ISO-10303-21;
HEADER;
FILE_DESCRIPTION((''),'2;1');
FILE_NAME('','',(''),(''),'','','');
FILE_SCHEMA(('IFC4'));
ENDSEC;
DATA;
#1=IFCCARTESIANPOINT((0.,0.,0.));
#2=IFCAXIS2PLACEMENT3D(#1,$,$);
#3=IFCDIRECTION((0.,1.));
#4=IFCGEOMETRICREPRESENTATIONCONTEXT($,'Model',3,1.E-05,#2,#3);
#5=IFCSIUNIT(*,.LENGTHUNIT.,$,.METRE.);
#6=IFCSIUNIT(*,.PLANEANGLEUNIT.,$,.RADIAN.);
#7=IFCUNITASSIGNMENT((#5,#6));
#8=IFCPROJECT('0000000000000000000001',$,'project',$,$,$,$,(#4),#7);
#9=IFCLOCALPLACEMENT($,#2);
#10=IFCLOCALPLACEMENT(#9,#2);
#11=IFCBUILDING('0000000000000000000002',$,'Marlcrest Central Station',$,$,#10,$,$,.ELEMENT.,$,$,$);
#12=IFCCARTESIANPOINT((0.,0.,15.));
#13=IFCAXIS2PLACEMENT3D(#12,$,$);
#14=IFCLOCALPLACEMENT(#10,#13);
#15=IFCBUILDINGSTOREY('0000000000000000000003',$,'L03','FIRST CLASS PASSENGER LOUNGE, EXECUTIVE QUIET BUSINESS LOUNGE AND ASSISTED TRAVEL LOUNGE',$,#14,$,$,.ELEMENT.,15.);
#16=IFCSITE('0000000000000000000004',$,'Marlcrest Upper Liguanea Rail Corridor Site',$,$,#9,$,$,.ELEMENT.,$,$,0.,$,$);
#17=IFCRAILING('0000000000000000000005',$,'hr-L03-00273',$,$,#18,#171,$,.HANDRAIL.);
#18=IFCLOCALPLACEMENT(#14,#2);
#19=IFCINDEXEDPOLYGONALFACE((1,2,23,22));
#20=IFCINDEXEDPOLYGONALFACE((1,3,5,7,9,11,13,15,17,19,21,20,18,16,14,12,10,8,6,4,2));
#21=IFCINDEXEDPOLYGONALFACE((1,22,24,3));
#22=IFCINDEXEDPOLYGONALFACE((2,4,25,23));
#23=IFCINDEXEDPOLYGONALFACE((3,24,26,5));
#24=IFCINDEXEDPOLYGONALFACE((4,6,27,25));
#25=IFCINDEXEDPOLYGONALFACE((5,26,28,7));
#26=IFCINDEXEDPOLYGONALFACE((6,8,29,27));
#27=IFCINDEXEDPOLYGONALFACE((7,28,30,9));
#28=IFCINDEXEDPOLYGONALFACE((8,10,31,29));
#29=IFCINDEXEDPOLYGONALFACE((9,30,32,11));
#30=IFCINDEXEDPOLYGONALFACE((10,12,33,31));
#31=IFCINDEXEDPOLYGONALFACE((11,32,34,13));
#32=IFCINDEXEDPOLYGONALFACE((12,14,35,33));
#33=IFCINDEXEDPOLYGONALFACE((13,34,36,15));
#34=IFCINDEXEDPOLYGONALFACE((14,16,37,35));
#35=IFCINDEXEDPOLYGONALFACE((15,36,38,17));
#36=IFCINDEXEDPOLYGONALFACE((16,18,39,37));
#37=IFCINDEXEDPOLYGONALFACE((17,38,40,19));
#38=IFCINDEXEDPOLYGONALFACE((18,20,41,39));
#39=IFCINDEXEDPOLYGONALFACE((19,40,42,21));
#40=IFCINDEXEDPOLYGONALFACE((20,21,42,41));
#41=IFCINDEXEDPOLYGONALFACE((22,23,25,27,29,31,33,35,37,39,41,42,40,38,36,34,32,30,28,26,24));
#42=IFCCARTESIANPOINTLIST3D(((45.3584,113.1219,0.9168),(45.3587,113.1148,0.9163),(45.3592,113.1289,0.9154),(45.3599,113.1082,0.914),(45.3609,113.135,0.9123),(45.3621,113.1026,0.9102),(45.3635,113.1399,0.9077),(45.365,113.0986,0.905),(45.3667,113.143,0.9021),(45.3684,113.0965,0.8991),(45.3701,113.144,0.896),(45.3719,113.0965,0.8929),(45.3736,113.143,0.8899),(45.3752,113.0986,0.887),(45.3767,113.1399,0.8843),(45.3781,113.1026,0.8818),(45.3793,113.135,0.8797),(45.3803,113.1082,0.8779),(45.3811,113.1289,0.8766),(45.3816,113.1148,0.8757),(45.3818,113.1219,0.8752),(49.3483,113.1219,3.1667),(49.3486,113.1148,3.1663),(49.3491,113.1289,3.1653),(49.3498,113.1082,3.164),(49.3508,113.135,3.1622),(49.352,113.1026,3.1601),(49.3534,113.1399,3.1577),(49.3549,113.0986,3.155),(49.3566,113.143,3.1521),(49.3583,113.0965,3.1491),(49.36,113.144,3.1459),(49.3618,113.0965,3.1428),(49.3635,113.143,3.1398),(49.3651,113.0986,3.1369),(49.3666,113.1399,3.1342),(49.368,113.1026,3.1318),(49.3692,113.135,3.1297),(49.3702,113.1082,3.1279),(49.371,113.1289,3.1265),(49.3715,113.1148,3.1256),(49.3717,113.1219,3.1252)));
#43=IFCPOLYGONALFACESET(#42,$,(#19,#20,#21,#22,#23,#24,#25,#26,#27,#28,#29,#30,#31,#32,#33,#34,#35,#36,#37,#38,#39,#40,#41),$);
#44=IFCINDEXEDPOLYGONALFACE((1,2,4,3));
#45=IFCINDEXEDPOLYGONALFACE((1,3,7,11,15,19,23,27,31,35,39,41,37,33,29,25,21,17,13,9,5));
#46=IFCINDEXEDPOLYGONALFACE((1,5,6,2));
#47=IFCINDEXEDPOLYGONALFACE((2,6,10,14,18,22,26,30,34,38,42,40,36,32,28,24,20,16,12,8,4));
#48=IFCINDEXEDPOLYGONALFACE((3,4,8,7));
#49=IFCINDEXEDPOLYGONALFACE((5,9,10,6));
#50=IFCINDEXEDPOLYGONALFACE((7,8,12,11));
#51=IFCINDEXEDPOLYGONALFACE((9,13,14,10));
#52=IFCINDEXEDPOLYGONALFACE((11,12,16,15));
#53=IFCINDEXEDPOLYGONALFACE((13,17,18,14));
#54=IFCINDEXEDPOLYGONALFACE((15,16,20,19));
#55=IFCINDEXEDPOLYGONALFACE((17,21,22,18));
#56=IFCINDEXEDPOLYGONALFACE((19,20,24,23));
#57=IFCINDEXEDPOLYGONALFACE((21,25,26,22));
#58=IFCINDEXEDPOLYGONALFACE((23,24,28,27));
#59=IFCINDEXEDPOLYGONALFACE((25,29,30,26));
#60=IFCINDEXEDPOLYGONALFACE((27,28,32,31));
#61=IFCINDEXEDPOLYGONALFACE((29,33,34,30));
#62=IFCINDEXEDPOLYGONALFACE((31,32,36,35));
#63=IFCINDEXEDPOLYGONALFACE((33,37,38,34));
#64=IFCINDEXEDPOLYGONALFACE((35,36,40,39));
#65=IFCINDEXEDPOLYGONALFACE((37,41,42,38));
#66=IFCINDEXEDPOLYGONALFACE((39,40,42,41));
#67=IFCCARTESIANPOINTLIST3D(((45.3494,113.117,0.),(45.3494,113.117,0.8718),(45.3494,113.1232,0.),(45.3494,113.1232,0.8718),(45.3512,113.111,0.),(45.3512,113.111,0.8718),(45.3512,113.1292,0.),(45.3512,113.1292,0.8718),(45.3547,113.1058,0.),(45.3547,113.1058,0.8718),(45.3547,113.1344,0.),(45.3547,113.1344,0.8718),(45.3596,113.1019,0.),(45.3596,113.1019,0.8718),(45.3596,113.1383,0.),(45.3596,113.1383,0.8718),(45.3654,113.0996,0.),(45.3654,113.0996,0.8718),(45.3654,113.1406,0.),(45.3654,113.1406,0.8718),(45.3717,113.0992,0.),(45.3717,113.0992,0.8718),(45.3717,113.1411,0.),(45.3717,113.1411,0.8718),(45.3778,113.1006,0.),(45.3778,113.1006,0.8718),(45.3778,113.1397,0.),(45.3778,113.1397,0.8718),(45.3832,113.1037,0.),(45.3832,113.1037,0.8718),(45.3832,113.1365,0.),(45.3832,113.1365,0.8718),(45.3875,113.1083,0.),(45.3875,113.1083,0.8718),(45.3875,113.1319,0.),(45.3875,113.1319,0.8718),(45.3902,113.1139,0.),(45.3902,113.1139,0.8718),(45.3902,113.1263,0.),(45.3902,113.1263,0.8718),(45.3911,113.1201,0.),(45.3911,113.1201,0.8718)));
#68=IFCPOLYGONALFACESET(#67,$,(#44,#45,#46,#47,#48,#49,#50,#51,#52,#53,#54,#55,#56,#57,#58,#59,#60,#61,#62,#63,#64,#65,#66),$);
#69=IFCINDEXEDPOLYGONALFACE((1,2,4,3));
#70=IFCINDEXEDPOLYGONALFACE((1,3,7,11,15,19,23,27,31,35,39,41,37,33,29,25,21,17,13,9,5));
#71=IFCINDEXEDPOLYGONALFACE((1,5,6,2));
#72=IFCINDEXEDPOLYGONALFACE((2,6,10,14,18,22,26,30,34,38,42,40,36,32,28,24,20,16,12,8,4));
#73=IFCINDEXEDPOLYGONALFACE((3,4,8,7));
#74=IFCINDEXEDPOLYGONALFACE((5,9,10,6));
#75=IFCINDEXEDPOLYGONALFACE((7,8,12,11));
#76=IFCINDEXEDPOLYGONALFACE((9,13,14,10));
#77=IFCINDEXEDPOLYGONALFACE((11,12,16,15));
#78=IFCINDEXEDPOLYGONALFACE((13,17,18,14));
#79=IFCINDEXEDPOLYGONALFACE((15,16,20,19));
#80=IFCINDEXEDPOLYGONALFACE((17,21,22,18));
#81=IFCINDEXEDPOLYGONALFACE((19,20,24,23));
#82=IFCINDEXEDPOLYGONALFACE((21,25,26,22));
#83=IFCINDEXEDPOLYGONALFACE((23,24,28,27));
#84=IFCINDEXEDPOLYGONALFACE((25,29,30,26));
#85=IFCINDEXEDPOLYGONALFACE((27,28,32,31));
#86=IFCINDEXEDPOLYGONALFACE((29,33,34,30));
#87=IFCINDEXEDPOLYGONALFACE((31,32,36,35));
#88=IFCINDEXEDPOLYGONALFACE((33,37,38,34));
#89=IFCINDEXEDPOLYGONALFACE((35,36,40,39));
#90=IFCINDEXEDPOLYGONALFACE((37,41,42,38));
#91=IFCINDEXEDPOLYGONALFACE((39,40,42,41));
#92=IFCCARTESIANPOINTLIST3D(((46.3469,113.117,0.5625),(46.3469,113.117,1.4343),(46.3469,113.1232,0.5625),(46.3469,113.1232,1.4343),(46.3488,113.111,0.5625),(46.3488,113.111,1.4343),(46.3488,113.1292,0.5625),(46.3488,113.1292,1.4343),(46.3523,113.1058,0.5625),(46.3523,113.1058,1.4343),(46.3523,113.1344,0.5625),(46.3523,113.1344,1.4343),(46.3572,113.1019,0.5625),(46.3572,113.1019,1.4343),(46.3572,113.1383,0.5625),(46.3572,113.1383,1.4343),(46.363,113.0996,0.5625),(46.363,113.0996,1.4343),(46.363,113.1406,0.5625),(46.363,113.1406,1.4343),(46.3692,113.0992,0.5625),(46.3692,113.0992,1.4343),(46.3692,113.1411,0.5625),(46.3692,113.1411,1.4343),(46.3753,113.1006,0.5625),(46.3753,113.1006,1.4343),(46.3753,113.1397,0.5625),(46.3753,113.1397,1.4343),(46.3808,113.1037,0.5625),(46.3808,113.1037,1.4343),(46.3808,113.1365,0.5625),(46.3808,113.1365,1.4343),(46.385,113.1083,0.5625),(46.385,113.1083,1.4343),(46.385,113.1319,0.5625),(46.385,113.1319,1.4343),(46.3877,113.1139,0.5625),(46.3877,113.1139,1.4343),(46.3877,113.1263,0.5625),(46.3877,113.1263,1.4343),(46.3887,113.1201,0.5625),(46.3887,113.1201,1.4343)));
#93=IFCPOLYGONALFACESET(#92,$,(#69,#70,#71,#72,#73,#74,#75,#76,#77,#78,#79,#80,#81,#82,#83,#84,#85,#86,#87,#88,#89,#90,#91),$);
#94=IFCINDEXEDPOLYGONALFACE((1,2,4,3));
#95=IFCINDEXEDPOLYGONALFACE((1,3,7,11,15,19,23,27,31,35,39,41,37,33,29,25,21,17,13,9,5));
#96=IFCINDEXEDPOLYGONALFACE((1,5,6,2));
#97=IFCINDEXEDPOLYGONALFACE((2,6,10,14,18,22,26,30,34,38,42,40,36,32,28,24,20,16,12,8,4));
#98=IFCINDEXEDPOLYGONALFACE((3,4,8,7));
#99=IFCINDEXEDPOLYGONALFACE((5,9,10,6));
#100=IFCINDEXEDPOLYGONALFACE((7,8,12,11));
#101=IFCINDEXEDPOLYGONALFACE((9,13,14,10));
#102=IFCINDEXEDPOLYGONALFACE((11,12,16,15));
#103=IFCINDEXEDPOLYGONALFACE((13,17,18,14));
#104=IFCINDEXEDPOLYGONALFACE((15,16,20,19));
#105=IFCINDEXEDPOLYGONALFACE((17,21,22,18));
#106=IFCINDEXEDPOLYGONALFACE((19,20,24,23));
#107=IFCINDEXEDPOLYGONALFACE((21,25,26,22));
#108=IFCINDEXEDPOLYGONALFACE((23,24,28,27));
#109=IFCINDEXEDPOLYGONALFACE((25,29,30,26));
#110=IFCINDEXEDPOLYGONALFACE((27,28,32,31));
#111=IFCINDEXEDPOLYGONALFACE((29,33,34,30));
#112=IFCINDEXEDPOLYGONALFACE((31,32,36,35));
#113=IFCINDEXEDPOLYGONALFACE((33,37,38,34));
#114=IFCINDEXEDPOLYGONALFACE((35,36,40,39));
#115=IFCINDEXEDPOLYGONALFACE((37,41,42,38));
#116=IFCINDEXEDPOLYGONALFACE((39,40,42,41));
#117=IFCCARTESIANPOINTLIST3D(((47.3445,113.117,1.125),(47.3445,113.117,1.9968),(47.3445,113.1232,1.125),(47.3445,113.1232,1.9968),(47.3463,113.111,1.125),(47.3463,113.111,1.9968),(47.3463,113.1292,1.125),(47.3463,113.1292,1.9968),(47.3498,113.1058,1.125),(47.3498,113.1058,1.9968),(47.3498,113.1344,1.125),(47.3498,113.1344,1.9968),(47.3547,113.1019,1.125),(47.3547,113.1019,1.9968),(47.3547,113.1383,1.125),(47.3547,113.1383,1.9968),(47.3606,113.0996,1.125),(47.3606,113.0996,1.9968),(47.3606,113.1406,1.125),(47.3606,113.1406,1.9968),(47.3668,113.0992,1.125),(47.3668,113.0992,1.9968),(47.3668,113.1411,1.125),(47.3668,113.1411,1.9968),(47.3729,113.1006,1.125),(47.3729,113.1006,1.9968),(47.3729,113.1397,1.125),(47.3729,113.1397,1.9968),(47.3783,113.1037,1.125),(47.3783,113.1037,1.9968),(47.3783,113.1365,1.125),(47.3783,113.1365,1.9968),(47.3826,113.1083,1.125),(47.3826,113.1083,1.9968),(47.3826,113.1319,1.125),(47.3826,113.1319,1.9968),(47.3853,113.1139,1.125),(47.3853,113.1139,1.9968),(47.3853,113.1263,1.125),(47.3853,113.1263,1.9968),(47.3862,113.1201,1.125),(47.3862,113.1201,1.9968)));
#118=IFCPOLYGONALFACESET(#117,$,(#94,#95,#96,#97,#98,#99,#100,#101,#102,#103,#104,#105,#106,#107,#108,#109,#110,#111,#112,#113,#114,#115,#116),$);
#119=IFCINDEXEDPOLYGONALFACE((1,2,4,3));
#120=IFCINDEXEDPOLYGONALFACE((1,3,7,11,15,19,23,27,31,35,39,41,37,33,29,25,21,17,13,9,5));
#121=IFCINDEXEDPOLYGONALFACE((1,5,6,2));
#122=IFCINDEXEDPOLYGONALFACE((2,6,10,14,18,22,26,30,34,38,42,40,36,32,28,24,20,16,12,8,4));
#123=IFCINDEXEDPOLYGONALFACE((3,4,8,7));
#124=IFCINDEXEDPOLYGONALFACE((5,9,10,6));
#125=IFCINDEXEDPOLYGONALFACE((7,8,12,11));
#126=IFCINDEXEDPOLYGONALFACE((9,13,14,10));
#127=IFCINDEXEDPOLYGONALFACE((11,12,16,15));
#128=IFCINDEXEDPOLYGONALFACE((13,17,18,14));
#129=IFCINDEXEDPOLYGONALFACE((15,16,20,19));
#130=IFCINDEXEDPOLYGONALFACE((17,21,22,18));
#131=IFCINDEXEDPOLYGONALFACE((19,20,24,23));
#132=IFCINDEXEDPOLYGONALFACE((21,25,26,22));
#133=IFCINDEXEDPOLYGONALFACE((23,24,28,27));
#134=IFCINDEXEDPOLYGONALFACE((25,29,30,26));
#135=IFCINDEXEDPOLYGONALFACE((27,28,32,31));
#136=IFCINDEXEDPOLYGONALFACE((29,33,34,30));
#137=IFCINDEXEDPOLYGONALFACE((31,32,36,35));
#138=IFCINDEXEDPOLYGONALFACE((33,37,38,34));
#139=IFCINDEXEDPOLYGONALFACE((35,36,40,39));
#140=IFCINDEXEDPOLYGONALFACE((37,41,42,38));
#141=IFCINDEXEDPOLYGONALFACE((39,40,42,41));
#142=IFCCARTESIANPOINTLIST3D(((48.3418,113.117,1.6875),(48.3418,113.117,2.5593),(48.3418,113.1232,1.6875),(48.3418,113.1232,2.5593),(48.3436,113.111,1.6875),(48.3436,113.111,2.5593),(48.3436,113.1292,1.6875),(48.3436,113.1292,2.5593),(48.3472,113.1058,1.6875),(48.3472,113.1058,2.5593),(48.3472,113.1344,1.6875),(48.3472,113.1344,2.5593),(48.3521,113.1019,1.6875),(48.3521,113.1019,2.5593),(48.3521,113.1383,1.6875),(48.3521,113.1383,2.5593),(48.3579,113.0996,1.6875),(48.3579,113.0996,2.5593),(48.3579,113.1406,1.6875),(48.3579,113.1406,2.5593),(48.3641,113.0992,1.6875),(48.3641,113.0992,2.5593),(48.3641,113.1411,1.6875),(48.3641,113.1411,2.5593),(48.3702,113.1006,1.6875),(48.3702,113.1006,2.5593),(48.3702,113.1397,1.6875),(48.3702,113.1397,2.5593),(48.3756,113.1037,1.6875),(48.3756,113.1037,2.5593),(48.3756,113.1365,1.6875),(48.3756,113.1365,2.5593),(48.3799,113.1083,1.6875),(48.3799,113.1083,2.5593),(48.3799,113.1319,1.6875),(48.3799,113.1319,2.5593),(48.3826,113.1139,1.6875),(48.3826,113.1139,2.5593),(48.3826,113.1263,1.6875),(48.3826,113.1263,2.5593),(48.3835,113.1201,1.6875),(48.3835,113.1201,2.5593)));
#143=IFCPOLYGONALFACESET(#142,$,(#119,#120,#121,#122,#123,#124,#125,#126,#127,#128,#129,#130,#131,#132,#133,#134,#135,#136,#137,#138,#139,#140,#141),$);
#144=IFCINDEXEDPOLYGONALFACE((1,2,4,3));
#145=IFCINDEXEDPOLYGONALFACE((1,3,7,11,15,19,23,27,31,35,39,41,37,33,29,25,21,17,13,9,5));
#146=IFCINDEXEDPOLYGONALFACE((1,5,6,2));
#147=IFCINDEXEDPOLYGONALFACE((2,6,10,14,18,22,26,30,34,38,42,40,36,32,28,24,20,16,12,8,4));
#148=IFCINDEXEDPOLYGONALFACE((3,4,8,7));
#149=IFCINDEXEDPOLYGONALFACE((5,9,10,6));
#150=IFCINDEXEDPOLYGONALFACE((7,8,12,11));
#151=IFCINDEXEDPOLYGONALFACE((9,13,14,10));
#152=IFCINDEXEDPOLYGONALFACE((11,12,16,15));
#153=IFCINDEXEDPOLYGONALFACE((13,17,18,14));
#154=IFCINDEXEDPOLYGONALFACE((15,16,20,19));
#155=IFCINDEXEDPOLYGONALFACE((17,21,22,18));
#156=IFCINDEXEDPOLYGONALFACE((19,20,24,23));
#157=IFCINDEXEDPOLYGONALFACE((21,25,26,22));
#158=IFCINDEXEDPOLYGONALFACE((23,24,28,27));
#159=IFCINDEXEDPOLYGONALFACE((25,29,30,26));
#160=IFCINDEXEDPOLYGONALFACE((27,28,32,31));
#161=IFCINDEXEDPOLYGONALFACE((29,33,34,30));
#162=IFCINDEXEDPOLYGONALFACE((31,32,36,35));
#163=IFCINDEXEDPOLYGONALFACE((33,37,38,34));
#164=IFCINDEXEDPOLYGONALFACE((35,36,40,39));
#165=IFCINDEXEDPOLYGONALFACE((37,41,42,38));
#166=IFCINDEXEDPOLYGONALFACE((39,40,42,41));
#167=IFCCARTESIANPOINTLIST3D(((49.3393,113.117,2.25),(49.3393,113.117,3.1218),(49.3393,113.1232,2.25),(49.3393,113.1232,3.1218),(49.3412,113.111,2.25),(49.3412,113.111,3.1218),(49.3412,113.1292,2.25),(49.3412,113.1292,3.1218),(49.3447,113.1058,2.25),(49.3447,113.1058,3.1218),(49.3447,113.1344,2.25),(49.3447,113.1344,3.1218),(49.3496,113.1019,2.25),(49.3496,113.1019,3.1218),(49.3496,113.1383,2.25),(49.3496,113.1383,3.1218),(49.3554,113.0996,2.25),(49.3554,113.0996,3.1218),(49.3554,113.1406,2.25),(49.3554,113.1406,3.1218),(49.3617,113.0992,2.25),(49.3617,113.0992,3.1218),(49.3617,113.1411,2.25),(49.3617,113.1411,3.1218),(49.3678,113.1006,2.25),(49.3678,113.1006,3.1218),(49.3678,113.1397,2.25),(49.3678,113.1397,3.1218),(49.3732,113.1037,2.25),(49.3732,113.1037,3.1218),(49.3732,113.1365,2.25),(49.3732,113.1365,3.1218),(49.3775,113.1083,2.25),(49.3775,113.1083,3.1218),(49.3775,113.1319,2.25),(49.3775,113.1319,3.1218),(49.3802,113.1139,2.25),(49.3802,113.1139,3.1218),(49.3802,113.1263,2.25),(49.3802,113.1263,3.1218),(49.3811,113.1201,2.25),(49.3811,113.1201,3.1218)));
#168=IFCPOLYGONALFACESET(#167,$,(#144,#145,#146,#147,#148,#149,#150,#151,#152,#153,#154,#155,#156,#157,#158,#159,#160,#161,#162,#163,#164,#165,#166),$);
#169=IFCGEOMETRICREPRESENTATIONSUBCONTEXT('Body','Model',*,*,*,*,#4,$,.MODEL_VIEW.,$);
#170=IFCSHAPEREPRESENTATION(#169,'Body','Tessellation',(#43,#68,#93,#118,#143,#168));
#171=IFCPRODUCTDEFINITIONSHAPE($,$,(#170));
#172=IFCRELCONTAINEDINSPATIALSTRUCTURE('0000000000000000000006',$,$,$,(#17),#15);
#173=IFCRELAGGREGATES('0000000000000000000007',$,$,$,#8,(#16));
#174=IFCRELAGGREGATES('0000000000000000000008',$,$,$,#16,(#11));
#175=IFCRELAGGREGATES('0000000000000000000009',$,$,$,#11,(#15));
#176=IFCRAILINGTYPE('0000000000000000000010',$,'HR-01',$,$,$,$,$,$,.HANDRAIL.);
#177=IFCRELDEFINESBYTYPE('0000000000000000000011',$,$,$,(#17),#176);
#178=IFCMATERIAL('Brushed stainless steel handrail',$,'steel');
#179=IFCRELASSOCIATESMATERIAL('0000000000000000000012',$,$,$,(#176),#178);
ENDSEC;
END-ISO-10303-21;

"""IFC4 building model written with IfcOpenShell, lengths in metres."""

from ifc_helpers import new_model, si_unit, direction, frame, origin, origin_2d, place, context, subcontext, project, spatial, circle, extrude, material, type_object, element, save


model = new_model("IFC4")

# Units and contexts
model_context = context("Model", 3, precision=1e-05, world=origin(), true_north=direction((0.0, 1.0)))
body_context = subcontext(model_context, "Body", "Model", "MODEL_VIEW")
ifc_project = project(units=[si_unit("LENGTHUNIT", "METRE"), si_unit("PLANEANGLEUNIT", "RADIAN")], contexts=[model_context])

# Site, building, storey
site_placement = place(None, origin())
site = spatial("IfcSite", under=ifc_project, at=site_placement, Name="Marlcrest Upper Liguanea Rail Corridor Site", CompositionType="ELEMENT", RefElevation=0.0)
building_placement = place(site_placement, origin())
building = spatial("IfcBuilding", under=site, at=building_placement, Name="Marlcrest Central Station", CompositionType="ELEMENT")
storey_placement = place(building_placement, frame((0.0, 0.0, 15.0)))
storey = spatial("IfcBuildingStorey", under=building, at=storey_placement, Name="L03", Description="FIRST CLASS PASSENGER LOUNGE, EXECUTIVE QUIET BUSINESS LOUNGE AND ASSISTED TRAVEL LOUNGE", CompositionType="ELEMENT", Elevation=15.0)

# Railing
ifc_material_1 = material(Name="Brushed stainless steel handrail", Category="steel")
railing_type_1 = type_object("IfcRailingType", Name="HR-01", PredefinedType="HANDRAIL", material=ifc_material_1)
for number, where, name in (
    (1, (45.3701, 113.1201, 0.0), "hr-L03-00273"),
):
    element("IfcRailing", number, at=place(storey_placement, frame(where)), inside=storey, type_object=railing_type_1, Name=name, PredefinedType="HANDRAIL", context=body_context, shape_type="SweptSolid", body=[
        extrude(circle(Radius=0.0239, at=origin_2d()), frame((0.0, 0.0, 0.896), z_axis=(0.87105, 0.0, 0.491195), x_axis=(0.0, 1.0, 0.0)), (0.0, 0.0, 1.0), 4.5806),
        extrude(circle(Radius=0.021, at=origin_2d()), origin(), (0.0, 0.0, 1.0), 0.8718),
        extrude(circle(Radius=0.021, at=origin_2d()), frame((0.9976, 0.0, 0.5625)), (0.0, 0.0, 1.0), 0.8718),
        extrude(circle(Radius=0.021, at=origin_2d()), frame((1.9951, 0.0, 1.125)), (0.0, 0.0, 1.0), 0.8718),
        extrude(circle(Radius=0.021, at=origin_2d()), frame((2.9924, 0.0, 1.6875)), (0.0, 0.0, 1.0), 0.8718),
        extrude(circle(Radius=0.021, at=origin_2d()), frame((3.99, 0.0, 2.25)), (0.0, 0.0, 1.0), 0.8718),
    ])

save(model, "model.ifc")
